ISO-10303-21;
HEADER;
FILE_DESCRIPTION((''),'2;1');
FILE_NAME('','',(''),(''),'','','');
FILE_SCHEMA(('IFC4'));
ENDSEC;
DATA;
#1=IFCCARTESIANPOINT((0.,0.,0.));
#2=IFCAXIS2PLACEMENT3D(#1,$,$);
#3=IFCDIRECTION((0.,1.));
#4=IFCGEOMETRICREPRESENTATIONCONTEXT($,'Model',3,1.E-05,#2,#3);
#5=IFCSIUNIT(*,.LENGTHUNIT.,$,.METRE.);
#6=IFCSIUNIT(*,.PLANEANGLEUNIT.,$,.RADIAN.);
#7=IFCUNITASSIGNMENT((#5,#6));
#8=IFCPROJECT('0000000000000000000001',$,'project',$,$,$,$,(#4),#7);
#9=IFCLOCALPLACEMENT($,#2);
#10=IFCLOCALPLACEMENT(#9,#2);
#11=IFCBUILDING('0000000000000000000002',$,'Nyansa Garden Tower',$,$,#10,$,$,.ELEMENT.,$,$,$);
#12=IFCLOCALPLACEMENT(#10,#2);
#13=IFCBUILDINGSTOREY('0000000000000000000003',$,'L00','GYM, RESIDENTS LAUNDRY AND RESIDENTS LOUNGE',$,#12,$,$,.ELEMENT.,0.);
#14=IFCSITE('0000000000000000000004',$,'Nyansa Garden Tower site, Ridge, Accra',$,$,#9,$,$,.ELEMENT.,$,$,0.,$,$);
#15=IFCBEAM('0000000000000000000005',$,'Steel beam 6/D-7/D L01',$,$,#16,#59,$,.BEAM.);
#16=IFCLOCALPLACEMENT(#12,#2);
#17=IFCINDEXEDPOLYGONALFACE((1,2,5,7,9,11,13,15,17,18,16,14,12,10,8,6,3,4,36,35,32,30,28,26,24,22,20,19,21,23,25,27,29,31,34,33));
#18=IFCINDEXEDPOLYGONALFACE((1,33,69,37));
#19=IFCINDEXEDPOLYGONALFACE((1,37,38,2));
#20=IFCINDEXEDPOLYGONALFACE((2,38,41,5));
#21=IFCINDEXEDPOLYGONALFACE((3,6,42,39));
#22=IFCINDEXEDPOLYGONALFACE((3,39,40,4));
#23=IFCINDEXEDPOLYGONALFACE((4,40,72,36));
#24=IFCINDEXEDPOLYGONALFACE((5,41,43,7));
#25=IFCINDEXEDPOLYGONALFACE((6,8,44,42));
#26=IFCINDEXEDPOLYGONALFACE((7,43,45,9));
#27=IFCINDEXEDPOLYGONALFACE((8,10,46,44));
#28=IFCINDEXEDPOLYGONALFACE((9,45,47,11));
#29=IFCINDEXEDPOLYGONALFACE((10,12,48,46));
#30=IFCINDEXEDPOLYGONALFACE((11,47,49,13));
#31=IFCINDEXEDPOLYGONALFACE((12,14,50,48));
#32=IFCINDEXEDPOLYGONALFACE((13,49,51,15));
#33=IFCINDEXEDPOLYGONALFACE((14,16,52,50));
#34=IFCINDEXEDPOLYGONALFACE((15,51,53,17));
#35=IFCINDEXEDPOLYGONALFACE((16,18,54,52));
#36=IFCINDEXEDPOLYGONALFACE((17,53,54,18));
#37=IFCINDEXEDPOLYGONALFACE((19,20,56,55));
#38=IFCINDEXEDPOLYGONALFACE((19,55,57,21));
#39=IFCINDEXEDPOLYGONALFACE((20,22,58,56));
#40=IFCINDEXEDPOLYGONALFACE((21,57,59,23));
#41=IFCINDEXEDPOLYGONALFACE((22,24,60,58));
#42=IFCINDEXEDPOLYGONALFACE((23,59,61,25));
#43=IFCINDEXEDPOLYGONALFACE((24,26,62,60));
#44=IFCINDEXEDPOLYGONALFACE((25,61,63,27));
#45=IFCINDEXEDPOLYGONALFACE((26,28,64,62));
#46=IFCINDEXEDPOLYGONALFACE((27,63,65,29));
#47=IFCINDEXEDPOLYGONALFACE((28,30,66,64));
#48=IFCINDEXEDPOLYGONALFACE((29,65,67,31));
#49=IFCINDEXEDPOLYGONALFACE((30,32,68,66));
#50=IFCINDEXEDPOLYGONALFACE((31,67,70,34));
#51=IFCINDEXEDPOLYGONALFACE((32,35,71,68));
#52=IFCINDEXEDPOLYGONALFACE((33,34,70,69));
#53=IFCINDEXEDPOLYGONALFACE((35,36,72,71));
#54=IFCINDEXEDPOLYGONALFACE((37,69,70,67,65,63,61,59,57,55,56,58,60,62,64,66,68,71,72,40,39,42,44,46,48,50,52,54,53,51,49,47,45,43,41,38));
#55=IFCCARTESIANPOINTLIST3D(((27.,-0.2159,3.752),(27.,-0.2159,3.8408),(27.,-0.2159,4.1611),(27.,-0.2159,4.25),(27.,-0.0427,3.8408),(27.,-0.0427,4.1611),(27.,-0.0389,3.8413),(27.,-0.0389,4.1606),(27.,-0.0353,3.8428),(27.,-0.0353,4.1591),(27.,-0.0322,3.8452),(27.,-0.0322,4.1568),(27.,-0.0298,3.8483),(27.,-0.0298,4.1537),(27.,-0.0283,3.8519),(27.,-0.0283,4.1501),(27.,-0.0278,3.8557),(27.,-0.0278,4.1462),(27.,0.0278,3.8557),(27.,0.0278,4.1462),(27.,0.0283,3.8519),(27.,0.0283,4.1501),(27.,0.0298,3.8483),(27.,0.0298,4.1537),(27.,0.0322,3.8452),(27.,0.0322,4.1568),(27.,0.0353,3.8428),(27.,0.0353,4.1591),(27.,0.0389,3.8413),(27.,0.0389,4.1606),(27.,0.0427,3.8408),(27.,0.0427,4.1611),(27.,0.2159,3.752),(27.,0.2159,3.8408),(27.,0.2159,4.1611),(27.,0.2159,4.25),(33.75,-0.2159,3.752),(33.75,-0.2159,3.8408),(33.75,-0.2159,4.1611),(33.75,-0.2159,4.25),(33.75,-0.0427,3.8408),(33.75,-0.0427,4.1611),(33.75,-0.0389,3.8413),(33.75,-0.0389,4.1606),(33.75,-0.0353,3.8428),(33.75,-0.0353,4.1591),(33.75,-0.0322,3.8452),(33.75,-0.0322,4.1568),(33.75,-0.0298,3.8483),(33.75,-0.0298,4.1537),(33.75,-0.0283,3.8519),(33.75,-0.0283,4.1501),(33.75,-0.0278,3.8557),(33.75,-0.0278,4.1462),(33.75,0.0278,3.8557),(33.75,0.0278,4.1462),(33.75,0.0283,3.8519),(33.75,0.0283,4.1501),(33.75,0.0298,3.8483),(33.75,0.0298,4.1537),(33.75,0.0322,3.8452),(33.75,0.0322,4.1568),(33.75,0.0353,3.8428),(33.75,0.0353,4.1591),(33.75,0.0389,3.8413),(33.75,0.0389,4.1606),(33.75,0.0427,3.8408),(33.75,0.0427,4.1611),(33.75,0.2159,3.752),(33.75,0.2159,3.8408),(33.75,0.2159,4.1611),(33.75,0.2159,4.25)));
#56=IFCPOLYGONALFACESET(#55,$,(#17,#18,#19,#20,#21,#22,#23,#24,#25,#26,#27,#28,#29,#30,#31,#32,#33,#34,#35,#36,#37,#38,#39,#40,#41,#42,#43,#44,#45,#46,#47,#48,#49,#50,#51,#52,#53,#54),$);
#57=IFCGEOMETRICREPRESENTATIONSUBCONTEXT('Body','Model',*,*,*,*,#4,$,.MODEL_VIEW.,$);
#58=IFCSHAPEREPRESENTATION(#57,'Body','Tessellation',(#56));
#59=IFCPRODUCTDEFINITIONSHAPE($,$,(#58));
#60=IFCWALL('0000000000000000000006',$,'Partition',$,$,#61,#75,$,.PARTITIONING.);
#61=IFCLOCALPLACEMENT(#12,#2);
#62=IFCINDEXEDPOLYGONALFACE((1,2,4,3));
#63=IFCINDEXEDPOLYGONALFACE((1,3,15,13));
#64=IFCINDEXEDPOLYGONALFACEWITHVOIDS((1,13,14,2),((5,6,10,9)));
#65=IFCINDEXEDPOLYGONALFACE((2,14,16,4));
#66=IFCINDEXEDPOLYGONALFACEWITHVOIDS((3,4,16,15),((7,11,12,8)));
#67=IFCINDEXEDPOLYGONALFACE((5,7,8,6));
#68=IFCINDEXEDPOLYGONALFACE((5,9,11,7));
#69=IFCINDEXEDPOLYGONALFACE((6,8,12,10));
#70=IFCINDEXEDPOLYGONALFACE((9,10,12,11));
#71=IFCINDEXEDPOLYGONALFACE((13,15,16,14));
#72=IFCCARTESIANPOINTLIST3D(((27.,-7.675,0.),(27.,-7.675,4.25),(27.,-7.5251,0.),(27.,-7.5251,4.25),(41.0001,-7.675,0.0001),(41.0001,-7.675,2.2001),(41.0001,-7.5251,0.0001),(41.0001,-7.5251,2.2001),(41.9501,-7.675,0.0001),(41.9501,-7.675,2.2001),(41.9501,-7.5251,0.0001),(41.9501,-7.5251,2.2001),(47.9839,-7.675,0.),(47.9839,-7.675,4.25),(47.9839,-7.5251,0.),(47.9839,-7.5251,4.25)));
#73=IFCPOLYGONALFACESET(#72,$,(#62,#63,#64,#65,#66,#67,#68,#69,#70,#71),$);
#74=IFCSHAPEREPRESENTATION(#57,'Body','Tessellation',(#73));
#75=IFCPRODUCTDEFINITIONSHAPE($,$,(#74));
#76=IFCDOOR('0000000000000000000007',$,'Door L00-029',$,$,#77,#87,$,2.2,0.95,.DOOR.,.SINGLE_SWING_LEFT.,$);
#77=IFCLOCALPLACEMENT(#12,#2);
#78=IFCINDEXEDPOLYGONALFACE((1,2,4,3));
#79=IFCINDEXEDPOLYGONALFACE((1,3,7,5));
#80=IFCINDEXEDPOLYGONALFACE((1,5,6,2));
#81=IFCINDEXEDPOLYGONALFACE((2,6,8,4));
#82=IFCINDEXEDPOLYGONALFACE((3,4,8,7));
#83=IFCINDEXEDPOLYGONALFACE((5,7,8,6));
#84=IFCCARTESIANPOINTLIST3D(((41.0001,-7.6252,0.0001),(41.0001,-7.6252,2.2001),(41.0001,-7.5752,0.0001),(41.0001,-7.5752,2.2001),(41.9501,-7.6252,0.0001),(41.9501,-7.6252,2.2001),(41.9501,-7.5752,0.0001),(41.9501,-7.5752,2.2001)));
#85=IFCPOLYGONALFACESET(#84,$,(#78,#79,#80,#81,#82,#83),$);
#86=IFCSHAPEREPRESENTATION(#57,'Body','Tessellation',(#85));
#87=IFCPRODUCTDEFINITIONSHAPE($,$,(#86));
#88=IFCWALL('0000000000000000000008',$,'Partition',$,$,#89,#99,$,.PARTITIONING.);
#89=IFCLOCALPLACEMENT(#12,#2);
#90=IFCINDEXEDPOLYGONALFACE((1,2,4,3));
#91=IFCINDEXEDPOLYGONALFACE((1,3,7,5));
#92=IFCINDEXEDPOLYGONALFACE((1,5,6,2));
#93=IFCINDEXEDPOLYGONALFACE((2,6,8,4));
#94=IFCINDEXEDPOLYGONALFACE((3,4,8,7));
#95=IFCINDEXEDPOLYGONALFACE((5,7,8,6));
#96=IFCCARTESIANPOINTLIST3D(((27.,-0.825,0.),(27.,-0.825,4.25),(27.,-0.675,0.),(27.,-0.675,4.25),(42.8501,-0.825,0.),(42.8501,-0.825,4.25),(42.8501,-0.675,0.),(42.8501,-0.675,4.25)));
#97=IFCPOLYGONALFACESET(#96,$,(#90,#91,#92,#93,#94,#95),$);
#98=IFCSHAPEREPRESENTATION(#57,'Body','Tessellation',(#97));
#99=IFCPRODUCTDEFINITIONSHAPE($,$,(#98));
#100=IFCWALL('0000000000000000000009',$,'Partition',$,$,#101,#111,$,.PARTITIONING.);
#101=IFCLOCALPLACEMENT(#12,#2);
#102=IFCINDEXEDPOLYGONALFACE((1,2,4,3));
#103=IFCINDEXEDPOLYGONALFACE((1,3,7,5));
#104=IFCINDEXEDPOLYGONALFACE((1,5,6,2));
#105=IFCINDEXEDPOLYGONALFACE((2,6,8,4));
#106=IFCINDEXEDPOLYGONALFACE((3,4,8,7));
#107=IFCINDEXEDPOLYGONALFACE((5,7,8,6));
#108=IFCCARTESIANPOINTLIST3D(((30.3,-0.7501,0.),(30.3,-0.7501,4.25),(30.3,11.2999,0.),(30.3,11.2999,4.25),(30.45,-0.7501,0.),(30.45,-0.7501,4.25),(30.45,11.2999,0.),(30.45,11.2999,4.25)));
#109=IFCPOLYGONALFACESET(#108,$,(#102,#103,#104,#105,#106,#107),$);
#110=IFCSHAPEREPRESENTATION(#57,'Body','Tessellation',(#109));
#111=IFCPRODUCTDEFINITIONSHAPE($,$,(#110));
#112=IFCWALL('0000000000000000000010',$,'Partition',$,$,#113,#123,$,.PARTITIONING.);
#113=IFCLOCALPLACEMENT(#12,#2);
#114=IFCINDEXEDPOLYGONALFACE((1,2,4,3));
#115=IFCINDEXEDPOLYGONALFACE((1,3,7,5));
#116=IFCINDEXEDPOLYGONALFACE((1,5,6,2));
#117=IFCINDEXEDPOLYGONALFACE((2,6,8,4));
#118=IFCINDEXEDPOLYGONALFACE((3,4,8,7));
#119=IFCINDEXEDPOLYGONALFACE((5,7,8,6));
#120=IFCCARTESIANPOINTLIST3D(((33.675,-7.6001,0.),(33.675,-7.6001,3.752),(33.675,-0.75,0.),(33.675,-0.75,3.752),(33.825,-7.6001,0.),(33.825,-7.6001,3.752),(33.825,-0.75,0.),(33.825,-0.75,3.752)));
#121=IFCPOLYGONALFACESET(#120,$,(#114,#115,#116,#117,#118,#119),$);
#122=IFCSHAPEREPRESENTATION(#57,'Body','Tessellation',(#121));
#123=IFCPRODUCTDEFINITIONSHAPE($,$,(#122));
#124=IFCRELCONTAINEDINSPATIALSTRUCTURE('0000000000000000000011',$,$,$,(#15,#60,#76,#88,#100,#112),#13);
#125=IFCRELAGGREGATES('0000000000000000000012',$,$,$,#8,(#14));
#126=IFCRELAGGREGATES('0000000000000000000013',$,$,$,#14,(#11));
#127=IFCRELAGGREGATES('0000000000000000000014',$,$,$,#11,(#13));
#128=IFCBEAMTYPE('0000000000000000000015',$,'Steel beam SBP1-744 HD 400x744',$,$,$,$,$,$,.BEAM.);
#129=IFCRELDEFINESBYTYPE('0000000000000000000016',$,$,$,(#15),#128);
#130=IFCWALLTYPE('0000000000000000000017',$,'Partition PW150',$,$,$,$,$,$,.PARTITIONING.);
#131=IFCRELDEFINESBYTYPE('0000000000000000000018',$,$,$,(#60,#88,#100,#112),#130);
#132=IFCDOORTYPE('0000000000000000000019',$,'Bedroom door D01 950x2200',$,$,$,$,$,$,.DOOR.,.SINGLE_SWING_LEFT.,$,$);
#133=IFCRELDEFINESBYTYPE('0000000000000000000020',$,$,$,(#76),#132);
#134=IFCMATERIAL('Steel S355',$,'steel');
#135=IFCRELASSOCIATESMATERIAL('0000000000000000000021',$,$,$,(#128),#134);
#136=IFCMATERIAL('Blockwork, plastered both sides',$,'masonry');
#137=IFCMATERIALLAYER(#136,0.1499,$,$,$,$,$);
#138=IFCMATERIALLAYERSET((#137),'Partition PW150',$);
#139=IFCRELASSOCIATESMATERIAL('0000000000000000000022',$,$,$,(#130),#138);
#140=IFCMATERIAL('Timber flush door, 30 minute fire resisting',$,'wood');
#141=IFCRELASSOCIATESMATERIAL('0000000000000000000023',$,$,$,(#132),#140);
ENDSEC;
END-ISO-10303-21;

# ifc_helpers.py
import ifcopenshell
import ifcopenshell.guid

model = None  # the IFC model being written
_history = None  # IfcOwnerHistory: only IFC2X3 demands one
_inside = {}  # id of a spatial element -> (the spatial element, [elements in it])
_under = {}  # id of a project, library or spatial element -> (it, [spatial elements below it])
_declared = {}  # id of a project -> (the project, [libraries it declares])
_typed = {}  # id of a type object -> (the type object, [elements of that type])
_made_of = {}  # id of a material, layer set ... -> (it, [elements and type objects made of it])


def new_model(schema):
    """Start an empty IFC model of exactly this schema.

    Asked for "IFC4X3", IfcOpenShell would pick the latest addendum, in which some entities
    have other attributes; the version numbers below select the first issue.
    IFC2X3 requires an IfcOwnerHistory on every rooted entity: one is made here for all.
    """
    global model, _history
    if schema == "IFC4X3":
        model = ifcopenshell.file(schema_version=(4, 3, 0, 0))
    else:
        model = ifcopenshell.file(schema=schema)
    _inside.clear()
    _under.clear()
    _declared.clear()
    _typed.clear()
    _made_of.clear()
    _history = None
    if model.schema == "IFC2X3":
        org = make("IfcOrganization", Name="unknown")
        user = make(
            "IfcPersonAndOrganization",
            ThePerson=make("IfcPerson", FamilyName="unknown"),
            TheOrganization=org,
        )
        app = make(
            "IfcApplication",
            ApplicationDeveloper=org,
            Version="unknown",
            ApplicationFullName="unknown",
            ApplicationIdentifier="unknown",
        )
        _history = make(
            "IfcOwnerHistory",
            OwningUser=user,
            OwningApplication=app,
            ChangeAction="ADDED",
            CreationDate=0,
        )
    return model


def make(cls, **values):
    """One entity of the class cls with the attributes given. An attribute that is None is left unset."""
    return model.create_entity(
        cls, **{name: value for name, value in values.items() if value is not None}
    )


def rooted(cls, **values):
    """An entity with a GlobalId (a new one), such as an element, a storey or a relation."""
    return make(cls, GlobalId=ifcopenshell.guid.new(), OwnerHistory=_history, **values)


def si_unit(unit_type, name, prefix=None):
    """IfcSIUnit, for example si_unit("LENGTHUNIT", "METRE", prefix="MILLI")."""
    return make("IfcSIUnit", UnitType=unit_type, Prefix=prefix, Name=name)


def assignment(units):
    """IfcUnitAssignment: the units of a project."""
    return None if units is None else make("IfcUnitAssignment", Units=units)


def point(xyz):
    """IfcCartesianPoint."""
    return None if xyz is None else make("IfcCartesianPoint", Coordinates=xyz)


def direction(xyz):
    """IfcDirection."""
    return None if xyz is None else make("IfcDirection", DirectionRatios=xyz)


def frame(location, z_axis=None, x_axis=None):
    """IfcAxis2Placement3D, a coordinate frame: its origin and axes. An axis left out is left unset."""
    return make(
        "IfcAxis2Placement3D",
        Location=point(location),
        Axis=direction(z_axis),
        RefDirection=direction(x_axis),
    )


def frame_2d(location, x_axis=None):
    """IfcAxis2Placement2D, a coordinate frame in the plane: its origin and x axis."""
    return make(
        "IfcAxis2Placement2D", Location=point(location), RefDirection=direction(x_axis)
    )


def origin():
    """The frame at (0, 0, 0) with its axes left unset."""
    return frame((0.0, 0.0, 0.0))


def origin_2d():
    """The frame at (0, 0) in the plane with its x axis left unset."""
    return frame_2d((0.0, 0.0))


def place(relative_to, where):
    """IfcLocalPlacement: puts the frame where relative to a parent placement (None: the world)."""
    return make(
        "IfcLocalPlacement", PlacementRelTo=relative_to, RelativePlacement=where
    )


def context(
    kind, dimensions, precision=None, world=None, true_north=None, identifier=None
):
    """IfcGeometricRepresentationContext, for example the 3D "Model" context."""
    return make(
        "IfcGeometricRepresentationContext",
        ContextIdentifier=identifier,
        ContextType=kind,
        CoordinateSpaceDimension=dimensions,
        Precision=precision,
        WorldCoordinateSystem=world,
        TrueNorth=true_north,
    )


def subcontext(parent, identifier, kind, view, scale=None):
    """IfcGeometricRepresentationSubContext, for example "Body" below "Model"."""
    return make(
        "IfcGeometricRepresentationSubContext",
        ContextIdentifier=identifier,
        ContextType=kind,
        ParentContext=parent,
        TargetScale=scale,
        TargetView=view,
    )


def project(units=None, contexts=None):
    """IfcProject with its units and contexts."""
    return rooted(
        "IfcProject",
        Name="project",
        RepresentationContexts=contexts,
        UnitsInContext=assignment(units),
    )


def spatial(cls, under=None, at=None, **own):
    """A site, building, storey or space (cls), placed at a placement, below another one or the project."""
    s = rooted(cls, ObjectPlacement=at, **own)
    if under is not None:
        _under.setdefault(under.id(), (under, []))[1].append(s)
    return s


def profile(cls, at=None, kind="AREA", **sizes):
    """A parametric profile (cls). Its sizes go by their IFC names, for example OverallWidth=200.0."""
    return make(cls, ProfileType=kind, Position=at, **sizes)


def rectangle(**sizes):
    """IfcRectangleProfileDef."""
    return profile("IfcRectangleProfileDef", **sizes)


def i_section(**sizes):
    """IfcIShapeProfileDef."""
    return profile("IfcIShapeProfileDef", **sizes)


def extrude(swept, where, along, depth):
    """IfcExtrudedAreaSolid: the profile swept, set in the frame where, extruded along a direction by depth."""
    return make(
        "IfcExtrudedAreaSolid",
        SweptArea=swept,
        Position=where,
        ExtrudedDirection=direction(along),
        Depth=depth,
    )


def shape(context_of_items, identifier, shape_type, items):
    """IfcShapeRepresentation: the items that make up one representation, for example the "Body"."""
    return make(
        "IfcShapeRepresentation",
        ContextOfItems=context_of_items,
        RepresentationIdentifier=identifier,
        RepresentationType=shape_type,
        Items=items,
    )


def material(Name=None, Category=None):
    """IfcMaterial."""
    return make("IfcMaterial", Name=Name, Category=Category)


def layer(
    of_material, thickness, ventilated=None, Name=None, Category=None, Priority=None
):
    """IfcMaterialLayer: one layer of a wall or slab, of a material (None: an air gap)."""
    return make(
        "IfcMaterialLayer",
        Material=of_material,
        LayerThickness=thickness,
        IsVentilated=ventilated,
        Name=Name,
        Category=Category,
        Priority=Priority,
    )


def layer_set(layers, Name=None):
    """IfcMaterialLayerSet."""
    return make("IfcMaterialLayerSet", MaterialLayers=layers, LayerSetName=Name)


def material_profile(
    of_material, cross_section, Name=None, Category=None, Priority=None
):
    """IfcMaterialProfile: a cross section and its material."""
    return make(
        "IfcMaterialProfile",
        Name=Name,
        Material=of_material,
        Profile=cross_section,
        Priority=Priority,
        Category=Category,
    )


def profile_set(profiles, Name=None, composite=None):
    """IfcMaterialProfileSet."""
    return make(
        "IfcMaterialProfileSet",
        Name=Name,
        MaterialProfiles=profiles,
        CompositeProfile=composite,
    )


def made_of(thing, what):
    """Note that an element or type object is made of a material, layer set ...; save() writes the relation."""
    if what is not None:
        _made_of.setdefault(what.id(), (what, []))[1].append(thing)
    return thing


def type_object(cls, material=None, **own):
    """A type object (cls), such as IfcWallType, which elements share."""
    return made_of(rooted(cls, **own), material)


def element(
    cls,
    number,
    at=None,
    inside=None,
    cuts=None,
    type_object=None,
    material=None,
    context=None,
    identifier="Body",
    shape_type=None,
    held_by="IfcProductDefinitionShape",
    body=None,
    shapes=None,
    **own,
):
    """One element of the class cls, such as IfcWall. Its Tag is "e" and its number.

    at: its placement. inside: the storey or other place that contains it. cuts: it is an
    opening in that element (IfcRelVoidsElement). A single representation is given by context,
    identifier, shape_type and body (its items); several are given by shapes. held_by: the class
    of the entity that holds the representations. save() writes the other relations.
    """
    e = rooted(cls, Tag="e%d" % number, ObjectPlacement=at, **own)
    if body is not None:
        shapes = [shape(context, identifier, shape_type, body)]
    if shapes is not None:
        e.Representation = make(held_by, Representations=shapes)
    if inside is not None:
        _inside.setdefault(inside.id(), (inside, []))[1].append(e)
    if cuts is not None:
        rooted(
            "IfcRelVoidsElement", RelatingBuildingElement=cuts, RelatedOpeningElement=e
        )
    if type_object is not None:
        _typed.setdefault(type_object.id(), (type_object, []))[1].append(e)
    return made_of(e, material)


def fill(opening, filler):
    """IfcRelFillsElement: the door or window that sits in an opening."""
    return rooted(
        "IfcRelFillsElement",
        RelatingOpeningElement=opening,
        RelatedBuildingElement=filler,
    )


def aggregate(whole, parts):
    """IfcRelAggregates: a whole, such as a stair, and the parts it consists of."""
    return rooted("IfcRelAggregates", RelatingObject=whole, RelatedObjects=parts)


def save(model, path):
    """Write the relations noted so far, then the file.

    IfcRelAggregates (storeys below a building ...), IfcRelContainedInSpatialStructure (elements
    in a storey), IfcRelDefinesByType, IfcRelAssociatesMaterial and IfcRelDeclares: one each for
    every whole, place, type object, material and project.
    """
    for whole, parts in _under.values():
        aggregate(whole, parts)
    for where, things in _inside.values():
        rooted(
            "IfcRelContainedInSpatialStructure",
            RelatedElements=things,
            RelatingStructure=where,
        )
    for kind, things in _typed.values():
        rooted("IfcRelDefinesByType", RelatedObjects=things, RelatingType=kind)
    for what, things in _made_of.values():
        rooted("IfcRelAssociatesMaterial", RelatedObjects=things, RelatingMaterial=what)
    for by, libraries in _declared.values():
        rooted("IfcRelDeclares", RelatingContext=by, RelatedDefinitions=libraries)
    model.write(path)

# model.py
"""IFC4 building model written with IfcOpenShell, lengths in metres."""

from ifc_helpers import new_model, si_unit, direction, frame, frame_2d, origin, origin_2d, place, context, subcontext, project, spatial, rectangle, i_section, extrude, material, layer, layer_set, material_profile, profile_set, type_object, element, fill, save


model = new_model("IFC4")

# Units and contexts
model_context = context("Model", 3, precision=1e-05, world=origin(), true_north=direction((0.0, 1.0)))
body_context = subcontext(model_context, "Body", "Model", "MODEL_VIEW")
ifc_project = project(units=[si_unit("LENGTHUNIT", "METRE"), si_unit("PLANEANGLEUNIT", "RADIAN")], contexts=[model_context])

# Site, building, storey
site_placement = place(None, origin())
site = spatial("IfcSite", under=ifc_project, at=site_placement, Name="Nyansa Garden Tower site, Ridge, Accra", CompositionType="ELEMENT", RefElevation=0.0)
building_placement = place(site_placement, origin())
building = spatial("IfcBuilding", under=site, at=building_placement, Name="Nyansa Garden Tower", CompositionType="ELEMENT")
storey_placement = place(building_placement, origin())
storey = spatial("IfcBuildingStorey", under=building, at=storey_placement, Name="L00", Description="GYM, RESIDENTS LAUNDRY AND RESIDENTS LOUNGE", CompositionType="ELEMENT", Elevation=0.0)

# Beam
ifc_material_1 = material(Name="Steel S355", Category="steel")
ifc_material_profile_1 = material_profile(ifc_material_1, i_section(OverallWidth=0.4319, OverallDepth=0.498, WebThickness=0.0557, FlangeThickness=0.0889, FilletRadius=0.0149, at=origin_2d()), Name="HD 400x744")
ifc_profile_set_1 = profile_set([ifc_material_profile_1], Name="Steel S355")
beam_type = type_object("IfcBeamType", Name="Steel beam SBP1-744 HD 400x744", PredefinedType="BEAM", material=ifc_profile_set_1)
for number, where, z_axis, x_axis, name in (
    (1, (27.0, 0.0, 4.001), (1.0, 0.0, 0.0), (0.0, 1.0, 0.0), "Steel beam 6/D-7/D L01"),
):
    element("IfcBeam", number, at=place(storey_placement, frame(where, z_axis=z_axis, x_axis=x_axis)), inside=storey, type_object=beam_type, Name=name, PredefinedType="BEAM", context=body_context, shape_type="SweptSolid", body=[
        extrude(i_section(OverallWidth=0.4319, OverallDepth=0.498, WebThickness=0.0557, FlangeThickness=0.0889, FilletRadius=0.0149, at=origin_2d()), origin(), (0.0, 0.0, 1.0), 6.75),
    ])

# Wall, opening, door
ifc_material_2 = material(Name="Blockwork, plastered both sides", Category="masonry")
ifc_layer = layer(ifc_material_2, 0.1499)
ifc_layer_set = layer_set([ifc_layer], Name="Partition PW150")
wall_type = type_object("IfcWallType", Name="Partition PW150", PredefinedType="PARTITIONING", material=ifc_layer_set)
wall_1_placement = place(storey_placement, frame((27.0, -7.6001, 0.0), z_axis=(0.0, 0.0, 1.0), x_axis=(1.0, 0.0, 0.0)))
wall_1 = element("IfcWall", 2, at=wall_1_placement, inside=storey, type_object=wall_type, Name="Partition", PredefinedType="PARTITIONING", context=body_context, shape_type="SweptSolid", body=[
    extrude(rectangle(XDim=20.9839, YDim=0.1499, at=frame_2d((10.4919, 0.0))), origin(), (0.0, 0.0, 1.0), 4.25),
])
opening_placement = place(wall_1_placement, frame((14.0, 0.0, 0.0)))
opening = element("IfcOpeningElement", 3, at=opening_placement, cuts=wall_1, PredefinedType="OPENING", context=body_context, shape_type="SweptSolid", body=[
    extrude(rectangle(XDim=0.95, YDim=2.2, at=frame_2d((0.4751, 1.1001))), frame((0.0, 0.085, 0.0), z_axis=(0.0, -1.0, 0.0), x_axis=(1.0, 0.0, 0.0)), (0.0, 0.0, 1.0), 0.1699),
])
ifc_material_3 = material(Name="Timber flush door, 30 minute fire resisting", Category="wood")
door_type = type_object("IfcDoorType", Name="Bedroom door D01 950x2200", OperationType="SINGLE_SWING_LEFT", PredefinedType="DOOR", material=ifc_material_3)
door_placement = place(opening_placement, origin())
door = element("IfcDoor", 4, at=door_placement, inside=storey, type_object=door_type, Name="Door L00-029", OperationType="SINGLE_SWING_LEFT", OverallHeight=2.2, OverallWidth=0.95, PredefinedType="DOOR", context=body_context, shape_type="SweptSolid", body=[
    extrude(rectangle(XDim=0.95, YDim=2.2, at=frame_2d((0.4751, 1.1001))), frame((0.0, 0.0249, 0.0), z_axis=(0.0, -1.0, 0.0), x_axis=(1.0, 0.0, 0.0)), (0.0, 0.0, 1.0), 0.05),
])
fill(opening, door)

# Walls
wall_2_placement = place(storey_placement, frame((27.0, -0.75, 0.0), z_axis=(0.0, 0.0, 1.0), x_axis=(1.0, 0.0, 0.0)))
element("IfcWall", 5, at=wall_2_placement, inside=storey, type_object=wall_type, Name="Partition", PredefinedType="PARTITIONING", context=body_context, shape_type="SweptSolid", body=[
    extrude(rectangle(XDim=15.8501, YDim=0.1499, at=frame_2d((7.925, 0.0))), origin(), (0.0, 0.0, 1.0), 4.25),
])
wall_3_placement = place(storey_placement, frame((30.375, -0.75, 0.0), z_axis=(0.0, 0.0, 1.0), x_axis=(0.0, 1.0, 0.0)))
element("IfcWall", 6, at=wall_3_placement, inside=storey, type_object=wall_type, Name="Partition", PredefinedType="PARTITIONING", context=body_context, shape_type="SweptSolid", body=[
    extrude(rectangle(XDim=12.05, YDim=0.1499, at=frame_2d((6.0249, 0.0))), origin(), (0.0, 0.0, 1.0), 4.25),
])
wall_4_placement = place(storey_placement, frame((33.75, -7.6001, 0.0), z_axis=(0.0, 0.0, 1.0), x_axis=(0.0, 1.0, 0.0)))
element("IfcWall", 7, at=wall_4_placement, inside=storey, type_object=wall_type, Name="Partition", PredefinedType="PARTITIONING", context=body_context, shape_type="SweptSolid", body=[
    extrude(rectangle(XDim=6.8501, YDim=0.1499, at=frame_2d((3.425, 0.0))), origin(), (0.0, 0.0, 1.0), 3.752),
])

save(model, "model.ifc")
